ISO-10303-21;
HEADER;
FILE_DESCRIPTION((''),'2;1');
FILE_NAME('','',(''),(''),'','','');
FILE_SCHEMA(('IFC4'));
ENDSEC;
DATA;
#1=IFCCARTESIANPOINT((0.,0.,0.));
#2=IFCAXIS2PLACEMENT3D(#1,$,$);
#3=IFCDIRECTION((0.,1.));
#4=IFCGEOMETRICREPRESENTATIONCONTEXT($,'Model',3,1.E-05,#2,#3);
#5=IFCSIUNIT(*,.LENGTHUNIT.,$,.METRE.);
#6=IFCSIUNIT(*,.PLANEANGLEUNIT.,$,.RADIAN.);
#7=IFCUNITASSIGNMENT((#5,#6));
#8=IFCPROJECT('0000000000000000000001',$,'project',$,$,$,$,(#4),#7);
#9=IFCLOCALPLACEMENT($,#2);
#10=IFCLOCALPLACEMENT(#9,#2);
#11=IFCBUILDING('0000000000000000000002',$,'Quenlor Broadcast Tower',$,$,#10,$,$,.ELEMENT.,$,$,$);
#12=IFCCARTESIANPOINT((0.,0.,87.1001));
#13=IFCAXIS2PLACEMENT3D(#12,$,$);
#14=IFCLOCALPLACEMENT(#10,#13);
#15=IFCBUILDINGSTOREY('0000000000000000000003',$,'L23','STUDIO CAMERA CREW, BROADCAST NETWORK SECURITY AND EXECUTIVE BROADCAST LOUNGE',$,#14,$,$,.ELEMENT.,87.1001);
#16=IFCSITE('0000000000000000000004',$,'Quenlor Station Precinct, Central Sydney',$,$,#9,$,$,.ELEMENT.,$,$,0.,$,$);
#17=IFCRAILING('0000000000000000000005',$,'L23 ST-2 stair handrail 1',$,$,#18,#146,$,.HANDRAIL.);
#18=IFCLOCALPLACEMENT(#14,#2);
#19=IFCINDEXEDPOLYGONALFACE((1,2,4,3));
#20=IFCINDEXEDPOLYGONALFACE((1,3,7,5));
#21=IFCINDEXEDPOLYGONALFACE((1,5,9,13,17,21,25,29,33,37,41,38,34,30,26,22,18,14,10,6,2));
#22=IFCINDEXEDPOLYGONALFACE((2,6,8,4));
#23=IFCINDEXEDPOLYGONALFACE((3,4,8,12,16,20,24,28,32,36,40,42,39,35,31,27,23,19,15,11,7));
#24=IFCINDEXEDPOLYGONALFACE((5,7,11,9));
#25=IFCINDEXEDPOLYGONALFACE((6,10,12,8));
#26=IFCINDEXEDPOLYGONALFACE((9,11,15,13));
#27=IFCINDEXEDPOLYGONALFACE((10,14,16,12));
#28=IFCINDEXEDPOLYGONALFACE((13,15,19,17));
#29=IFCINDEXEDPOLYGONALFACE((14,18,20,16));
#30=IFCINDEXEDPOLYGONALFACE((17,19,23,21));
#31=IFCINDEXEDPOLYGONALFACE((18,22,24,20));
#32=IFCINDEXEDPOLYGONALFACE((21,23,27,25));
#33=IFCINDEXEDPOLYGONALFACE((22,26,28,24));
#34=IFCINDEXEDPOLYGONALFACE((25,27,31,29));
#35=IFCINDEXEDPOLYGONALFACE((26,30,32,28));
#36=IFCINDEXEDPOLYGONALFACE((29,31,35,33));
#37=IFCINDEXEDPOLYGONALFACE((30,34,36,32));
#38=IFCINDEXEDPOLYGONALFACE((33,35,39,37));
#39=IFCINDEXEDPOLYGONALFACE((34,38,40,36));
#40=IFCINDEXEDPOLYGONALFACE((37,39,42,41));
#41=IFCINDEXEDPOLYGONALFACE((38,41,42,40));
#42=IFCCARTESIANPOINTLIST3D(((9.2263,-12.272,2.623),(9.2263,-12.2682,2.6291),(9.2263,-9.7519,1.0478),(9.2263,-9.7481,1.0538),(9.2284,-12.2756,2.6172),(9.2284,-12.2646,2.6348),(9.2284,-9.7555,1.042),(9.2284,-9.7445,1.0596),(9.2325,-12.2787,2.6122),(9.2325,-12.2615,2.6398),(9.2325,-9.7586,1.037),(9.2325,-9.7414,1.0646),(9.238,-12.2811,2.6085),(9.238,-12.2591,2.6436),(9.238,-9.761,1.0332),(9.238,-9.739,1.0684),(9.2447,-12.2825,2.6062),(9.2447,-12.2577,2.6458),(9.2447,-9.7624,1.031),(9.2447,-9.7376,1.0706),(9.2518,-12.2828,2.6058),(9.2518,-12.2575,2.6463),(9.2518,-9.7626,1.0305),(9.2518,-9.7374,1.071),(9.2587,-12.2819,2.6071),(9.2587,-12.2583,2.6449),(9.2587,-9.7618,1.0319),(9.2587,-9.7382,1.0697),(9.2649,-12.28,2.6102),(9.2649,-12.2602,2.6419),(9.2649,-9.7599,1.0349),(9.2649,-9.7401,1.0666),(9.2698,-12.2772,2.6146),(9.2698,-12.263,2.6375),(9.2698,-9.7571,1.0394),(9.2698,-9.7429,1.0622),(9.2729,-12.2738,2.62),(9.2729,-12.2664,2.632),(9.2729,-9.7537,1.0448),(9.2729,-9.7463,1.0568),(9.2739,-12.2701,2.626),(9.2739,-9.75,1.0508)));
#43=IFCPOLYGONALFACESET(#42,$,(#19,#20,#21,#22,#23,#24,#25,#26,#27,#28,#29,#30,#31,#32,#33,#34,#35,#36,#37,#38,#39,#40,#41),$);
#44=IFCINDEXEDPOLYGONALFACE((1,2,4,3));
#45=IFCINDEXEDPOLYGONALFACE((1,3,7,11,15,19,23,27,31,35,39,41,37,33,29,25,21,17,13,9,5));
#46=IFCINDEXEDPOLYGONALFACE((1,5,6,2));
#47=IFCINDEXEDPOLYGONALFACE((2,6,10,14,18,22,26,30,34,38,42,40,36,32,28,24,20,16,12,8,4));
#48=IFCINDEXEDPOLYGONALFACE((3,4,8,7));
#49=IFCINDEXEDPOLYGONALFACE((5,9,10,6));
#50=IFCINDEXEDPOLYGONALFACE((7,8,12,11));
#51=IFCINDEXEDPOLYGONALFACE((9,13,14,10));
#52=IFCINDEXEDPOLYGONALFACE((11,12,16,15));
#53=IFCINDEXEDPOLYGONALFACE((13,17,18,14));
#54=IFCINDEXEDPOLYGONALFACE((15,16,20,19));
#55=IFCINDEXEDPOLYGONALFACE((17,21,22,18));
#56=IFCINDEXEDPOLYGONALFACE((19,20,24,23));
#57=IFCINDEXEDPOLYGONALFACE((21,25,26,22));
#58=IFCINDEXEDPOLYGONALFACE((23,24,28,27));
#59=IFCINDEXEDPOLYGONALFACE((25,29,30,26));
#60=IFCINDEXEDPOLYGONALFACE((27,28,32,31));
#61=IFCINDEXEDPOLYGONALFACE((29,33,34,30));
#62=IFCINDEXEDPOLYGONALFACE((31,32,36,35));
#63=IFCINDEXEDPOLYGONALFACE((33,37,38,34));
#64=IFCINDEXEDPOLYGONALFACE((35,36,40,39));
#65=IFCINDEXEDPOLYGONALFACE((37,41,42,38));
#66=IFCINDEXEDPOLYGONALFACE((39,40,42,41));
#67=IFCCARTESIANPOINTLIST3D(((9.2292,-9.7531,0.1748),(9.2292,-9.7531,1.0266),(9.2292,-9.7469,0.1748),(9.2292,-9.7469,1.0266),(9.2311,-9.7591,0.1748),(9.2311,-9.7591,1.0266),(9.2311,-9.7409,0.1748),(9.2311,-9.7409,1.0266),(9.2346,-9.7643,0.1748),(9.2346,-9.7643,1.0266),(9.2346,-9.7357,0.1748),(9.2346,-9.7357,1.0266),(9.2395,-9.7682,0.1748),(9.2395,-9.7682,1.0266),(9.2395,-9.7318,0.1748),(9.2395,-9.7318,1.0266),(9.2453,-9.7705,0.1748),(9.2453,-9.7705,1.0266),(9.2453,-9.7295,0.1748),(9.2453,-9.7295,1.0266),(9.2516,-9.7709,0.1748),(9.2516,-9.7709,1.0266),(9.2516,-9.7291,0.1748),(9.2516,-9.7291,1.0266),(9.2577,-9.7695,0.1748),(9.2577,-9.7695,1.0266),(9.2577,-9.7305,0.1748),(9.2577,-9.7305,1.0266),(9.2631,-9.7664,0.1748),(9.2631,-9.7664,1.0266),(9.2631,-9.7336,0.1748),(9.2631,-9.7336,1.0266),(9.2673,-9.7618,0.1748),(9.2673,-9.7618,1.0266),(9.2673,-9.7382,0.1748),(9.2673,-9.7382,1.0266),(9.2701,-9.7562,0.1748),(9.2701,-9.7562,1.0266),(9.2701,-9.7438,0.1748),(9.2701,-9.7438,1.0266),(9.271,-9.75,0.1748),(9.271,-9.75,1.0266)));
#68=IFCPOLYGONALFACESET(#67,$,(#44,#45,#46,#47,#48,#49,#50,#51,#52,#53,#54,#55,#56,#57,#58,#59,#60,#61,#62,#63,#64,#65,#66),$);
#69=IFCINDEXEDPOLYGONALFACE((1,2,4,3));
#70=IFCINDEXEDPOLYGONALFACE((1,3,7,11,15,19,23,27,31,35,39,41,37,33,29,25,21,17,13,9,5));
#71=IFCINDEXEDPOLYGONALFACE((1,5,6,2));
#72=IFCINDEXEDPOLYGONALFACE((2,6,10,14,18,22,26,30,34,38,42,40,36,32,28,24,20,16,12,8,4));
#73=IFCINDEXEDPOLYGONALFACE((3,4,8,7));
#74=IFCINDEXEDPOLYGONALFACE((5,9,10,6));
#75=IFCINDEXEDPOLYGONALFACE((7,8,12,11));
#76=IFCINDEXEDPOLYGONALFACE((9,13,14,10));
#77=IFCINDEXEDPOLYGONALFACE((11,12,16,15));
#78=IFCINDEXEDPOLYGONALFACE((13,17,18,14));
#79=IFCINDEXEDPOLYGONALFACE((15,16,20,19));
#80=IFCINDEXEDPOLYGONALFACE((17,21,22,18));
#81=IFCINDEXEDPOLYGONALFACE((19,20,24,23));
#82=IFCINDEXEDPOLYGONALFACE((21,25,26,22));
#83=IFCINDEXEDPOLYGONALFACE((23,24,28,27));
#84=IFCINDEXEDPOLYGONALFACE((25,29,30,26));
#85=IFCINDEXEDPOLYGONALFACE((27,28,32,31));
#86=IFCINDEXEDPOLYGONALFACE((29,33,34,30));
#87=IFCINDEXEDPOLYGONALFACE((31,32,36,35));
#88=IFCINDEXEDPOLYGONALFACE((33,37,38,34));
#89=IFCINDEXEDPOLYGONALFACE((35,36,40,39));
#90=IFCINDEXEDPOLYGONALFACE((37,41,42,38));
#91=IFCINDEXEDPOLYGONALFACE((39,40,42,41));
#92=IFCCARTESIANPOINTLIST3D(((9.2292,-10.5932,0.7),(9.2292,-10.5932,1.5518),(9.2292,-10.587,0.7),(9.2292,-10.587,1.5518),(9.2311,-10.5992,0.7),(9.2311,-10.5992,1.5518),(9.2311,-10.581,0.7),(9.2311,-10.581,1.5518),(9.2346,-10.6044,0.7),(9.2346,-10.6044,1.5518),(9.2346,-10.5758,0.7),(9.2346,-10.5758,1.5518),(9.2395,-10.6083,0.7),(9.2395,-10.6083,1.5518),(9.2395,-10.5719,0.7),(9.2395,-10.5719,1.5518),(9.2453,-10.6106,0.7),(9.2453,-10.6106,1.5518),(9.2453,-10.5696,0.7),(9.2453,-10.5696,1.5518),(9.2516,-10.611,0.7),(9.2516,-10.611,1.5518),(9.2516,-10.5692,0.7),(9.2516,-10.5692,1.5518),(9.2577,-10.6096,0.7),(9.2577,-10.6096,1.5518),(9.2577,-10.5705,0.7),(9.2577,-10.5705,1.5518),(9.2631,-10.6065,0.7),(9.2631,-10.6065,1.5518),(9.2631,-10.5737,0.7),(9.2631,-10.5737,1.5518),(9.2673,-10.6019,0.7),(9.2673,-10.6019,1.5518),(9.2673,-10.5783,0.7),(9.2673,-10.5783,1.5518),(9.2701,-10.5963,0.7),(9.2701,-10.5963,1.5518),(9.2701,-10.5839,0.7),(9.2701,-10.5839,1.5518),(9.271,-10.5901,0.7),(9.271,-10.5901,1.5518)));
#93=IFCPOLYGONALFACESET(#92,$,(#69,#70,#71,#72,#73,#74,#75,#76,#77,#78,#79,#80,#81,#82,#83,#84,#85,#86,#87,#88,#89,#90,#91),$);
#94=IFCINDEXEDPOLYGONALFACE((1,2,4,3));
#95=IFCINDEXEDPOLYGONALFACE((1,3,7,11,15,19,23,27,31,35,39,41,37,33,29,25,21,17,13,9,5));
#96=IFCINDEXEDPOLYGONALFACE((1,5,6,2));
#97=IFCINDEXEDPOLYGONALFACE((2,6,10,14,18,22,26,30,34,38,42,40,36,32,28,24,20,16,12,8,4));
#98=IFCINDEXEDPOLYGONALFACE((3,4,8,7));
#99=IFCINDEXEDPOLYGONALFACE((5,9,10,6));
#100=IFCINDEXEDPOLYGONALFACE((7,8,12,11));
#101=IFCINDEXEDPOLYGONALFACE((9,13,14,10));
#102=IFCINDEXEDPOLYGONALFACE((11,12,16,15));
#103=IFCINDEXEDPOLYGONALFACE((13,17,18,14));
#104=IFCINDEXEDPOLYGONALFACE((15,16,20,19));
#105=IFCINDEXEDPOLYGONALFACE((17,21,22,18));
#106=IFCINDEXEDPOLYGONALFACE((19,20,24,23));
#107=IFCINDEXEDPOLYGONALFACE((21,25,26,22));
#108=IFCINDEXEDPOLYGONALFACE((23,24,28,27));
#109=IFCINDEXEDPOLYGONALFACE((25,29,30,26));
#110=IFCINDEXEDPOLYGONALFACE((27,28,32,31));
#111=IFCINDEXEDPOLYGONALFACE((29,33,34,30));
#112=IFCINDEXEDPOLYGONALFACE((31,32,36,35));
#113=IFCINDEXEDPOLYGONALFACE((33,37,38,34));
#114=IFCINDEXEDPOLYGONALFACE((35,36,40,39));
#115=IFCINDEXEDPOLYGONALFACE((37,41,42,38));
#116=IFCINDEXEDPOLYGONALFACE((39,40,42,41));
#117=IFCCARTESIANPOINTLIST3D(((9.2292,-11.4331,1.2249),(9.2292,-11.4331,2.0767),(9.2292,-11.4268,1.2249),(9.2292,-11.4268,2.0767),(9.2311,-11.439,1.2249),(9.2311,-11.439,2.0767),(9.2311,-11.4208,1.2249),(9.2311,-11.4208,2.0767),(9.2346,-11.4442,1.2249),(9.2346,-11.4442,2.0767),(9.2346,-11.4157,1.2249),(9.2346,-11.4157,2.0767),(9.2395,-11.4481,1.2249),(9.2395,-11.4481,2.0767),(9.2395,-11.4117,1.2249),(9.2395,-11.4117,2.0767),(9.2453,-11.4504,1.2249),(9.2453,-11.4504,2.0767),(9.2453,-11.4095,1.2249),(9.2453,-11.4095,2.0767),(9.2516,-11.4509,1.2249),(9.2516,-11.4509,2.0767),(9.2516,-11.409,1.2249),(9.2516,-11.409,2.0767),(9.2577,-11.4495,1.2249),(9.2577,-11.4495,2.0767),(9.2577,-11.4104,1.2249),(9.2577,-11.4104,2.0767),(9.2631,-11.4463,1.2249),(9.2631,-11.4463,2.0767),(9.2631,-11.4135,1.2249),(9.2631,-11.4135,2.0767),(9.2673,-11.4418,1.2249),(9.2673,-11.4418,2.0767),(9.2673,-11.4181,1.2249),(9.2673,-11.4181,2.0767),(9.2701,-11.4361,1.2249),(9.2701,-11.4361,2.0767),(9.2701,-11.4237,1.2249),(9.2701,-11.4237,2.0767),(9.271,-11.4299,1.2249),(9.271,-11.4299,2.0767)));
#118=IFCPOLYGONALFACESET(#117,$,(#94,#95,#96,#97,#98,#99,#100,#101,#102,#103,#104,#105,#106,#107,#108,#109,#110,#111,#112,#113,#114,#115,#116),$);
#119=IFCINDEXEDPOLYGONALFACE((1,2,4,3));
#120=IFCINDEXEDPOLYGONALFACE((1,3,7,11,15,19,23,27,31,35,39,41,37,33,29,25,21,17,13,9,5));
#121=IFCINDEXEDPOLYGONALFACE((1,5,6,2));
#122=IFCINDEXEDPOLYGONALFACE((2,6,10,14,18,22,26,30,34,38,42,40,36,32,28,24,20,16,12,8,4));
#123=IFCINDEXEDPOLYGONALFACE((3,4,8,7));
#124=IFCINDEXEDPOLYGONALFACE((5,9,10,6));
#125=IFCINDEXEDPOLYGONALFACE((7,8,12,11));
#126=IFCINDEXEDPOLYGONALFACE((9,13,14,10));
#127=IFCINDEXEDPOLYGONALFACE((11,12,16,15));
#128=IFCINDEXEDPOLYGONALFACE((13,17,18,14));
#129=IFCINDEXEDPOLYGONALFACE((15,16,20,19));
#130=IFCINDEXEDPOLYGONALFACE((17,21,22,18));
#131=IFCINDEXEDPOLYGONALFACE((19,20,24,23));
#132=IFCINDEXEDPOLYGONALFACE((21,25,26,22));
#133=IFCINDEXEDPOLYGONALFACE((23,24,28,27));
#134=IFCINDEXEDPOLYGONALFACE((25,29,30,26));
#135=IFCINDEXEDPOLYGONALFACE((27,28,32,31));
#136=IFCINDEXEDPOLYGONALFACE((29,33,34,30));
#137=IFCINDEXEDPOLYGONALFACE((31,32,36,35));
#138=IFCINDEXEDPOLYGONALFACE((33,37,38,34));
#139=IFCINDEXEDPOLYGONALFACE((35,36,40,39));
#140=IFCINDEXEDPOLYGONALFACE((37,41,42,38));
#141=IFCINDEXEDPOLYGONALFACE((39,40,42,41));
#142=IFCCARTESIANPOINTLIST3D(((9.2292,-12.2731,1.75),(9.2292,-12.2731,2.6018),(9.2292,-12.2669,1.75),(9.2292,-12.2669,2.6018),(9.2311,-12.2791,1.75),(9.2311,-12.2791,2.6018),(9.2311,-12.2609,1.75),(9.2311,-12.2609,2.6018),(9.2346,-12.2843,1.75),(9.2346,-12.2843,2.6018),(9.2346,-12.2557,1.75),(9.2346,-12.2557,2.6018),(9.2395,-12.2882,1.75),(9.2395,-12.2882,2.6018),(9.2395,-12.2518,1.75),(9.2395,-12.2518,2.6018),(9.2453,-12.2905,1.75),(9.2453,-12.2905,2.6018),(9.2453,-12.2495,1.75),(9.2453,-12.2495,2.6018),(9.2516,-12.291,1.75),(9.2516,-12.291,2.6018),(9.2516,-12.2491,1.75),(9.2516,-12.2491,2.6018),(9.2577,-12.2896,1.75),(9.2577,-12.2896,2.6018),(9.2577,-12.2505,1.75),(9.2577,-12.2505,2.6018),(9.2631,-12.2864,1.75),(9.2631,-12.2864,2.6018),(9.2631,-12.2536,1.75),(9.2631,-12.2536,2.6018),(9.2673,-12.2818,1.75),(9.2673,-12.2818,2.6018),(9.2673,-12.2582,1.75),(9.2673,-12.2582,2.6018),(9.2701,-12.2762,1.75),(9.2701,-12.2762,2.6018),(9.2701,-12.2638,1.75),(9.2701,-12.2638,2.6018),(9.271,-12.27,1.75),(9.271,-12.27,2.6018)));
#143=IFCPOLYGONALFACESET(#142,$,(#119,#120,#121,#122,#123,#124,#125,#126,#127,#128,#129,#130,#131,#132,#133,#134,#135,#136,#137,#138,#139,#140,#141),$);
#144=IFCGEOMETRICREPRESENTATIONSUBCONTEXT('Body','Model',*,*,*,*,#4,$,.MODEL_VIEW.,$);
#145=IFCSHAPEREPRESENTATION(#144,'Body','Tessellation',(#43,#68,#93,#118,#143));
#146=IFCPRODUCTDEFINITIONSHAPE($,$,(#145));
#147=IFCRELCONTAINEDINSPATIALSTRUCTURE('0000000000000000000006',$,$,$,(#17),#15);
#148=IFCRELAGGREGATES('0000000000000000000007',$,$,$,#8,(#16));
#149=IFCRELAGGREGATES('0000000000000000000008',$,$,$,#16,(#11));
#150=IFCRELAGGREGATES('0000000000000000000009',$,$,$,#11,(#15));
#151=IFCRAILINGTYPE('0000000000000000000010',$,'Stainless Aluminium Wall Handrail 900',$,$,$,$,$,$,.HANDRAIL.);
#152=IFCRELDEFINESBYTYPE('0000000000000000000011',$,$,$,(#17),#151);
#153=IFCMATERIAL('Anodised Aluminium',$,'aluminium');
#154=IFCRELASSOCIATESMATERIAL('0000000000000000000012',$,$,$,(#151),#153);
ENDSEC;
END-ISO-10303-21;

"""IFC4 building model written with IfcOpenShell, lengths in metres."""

from ifc_helpers import new_model, si_unit, direction, frame, origin, origin_2d, place, context, subcontext, project, spatial, circle, extrude, material, type_object, element, save


model = new_model("IFC4")

# Units and contexts
model_context = context("Model", 3, precision=1e-05, world=origin(), true_north=direction((0.0, 1.0)))
body_context = subcontext(model_context, "Body", "Model", "MODEL_VIEW")
ifc_project = project(units=[si_unit("LENGTHUNIT", "METRE"), si_unit("PLANEANGLEUNIT", "RADIAN")], contexts=[model_context])

# Site, building, storey
site_placement = place(None, origin())
site = spatial("IfcSite", under=ifc_project, at=site_placement, Name="Quenlor Station Precinct, Central Sydney", CompositionType="ELEMENT", RefElevation=0.0)
building_placement = place(site_placement, origin())
building = spatial("IfcBuilding", under=site, at=building_placement, Name="Quenlor Broadcast Tower", CompositionType="ELEMENT")
storey_placement = place(building_placement, frame((0.0, 0.0, 87.1001)))
storey = spatial("IfcBuildingStorey", under=building, at=storey_placement, Name="L23", Description="STUDIO CAMERA CREW, BROADCAST NETWORK SECURITY AND EXECUTIVE BROADCAST LOUNGE", CompositionType="ELEMENT", Elevation=87.1001)

# Railing
ifc_material_1 = material(Name="Anodised Aluminium", Category="aluminium")
railing_type_1 = type_object("IfcRailingType", Name="Stainless Aluminium Wall Handrail 900", PredefinedType="HANDRAIL", material=ifc_material_1)
railing_1_placement = place(storey_placement, frame((9.25, -9.75, 0.1748)))
element("IfcRailing", 1, at=railing_1_placement, inside=storey, type_object=railing_type_1, Name="L23 ST-2 stair handrail 1", PredefinedType="HANDRAIL", context=body_context, shape_type="SweptSolid", body=[
    extrude(circle(Radius=0.0239, at=origin_2d()), frame((0.0, 0.0, 0.876), z_axis=(0.0, -0.847971, 0.530043), x_axis=(1.0, 0.0, 0.0)), (0.0, 0.0, 1.0), 2.9719),
    extrude(circle(Radius=0.021, at=origin_2d()), origin(), (0.0, 0.0, 1.0), 0.8518),
    extrude(circle(Radius=0.021, at=origin_2d()), frame((0.0, -0.8401, 0.5251)), (0.0, 0.0, 1.0), 0.8518),
    extrude(circle(Radius=0.021, at=origin_2d()), frame((0.0, -1.6799, 1.05)), (0.0, 0.0, 1.0), 0.8518),
    extrude(circle(Radius=0.021, at=origin_2d()), frame((0.0, -2.52, 1.5752)), (0.0, 0.0, 1.0), 0.8518),
])

save(model, "model.ifc")
